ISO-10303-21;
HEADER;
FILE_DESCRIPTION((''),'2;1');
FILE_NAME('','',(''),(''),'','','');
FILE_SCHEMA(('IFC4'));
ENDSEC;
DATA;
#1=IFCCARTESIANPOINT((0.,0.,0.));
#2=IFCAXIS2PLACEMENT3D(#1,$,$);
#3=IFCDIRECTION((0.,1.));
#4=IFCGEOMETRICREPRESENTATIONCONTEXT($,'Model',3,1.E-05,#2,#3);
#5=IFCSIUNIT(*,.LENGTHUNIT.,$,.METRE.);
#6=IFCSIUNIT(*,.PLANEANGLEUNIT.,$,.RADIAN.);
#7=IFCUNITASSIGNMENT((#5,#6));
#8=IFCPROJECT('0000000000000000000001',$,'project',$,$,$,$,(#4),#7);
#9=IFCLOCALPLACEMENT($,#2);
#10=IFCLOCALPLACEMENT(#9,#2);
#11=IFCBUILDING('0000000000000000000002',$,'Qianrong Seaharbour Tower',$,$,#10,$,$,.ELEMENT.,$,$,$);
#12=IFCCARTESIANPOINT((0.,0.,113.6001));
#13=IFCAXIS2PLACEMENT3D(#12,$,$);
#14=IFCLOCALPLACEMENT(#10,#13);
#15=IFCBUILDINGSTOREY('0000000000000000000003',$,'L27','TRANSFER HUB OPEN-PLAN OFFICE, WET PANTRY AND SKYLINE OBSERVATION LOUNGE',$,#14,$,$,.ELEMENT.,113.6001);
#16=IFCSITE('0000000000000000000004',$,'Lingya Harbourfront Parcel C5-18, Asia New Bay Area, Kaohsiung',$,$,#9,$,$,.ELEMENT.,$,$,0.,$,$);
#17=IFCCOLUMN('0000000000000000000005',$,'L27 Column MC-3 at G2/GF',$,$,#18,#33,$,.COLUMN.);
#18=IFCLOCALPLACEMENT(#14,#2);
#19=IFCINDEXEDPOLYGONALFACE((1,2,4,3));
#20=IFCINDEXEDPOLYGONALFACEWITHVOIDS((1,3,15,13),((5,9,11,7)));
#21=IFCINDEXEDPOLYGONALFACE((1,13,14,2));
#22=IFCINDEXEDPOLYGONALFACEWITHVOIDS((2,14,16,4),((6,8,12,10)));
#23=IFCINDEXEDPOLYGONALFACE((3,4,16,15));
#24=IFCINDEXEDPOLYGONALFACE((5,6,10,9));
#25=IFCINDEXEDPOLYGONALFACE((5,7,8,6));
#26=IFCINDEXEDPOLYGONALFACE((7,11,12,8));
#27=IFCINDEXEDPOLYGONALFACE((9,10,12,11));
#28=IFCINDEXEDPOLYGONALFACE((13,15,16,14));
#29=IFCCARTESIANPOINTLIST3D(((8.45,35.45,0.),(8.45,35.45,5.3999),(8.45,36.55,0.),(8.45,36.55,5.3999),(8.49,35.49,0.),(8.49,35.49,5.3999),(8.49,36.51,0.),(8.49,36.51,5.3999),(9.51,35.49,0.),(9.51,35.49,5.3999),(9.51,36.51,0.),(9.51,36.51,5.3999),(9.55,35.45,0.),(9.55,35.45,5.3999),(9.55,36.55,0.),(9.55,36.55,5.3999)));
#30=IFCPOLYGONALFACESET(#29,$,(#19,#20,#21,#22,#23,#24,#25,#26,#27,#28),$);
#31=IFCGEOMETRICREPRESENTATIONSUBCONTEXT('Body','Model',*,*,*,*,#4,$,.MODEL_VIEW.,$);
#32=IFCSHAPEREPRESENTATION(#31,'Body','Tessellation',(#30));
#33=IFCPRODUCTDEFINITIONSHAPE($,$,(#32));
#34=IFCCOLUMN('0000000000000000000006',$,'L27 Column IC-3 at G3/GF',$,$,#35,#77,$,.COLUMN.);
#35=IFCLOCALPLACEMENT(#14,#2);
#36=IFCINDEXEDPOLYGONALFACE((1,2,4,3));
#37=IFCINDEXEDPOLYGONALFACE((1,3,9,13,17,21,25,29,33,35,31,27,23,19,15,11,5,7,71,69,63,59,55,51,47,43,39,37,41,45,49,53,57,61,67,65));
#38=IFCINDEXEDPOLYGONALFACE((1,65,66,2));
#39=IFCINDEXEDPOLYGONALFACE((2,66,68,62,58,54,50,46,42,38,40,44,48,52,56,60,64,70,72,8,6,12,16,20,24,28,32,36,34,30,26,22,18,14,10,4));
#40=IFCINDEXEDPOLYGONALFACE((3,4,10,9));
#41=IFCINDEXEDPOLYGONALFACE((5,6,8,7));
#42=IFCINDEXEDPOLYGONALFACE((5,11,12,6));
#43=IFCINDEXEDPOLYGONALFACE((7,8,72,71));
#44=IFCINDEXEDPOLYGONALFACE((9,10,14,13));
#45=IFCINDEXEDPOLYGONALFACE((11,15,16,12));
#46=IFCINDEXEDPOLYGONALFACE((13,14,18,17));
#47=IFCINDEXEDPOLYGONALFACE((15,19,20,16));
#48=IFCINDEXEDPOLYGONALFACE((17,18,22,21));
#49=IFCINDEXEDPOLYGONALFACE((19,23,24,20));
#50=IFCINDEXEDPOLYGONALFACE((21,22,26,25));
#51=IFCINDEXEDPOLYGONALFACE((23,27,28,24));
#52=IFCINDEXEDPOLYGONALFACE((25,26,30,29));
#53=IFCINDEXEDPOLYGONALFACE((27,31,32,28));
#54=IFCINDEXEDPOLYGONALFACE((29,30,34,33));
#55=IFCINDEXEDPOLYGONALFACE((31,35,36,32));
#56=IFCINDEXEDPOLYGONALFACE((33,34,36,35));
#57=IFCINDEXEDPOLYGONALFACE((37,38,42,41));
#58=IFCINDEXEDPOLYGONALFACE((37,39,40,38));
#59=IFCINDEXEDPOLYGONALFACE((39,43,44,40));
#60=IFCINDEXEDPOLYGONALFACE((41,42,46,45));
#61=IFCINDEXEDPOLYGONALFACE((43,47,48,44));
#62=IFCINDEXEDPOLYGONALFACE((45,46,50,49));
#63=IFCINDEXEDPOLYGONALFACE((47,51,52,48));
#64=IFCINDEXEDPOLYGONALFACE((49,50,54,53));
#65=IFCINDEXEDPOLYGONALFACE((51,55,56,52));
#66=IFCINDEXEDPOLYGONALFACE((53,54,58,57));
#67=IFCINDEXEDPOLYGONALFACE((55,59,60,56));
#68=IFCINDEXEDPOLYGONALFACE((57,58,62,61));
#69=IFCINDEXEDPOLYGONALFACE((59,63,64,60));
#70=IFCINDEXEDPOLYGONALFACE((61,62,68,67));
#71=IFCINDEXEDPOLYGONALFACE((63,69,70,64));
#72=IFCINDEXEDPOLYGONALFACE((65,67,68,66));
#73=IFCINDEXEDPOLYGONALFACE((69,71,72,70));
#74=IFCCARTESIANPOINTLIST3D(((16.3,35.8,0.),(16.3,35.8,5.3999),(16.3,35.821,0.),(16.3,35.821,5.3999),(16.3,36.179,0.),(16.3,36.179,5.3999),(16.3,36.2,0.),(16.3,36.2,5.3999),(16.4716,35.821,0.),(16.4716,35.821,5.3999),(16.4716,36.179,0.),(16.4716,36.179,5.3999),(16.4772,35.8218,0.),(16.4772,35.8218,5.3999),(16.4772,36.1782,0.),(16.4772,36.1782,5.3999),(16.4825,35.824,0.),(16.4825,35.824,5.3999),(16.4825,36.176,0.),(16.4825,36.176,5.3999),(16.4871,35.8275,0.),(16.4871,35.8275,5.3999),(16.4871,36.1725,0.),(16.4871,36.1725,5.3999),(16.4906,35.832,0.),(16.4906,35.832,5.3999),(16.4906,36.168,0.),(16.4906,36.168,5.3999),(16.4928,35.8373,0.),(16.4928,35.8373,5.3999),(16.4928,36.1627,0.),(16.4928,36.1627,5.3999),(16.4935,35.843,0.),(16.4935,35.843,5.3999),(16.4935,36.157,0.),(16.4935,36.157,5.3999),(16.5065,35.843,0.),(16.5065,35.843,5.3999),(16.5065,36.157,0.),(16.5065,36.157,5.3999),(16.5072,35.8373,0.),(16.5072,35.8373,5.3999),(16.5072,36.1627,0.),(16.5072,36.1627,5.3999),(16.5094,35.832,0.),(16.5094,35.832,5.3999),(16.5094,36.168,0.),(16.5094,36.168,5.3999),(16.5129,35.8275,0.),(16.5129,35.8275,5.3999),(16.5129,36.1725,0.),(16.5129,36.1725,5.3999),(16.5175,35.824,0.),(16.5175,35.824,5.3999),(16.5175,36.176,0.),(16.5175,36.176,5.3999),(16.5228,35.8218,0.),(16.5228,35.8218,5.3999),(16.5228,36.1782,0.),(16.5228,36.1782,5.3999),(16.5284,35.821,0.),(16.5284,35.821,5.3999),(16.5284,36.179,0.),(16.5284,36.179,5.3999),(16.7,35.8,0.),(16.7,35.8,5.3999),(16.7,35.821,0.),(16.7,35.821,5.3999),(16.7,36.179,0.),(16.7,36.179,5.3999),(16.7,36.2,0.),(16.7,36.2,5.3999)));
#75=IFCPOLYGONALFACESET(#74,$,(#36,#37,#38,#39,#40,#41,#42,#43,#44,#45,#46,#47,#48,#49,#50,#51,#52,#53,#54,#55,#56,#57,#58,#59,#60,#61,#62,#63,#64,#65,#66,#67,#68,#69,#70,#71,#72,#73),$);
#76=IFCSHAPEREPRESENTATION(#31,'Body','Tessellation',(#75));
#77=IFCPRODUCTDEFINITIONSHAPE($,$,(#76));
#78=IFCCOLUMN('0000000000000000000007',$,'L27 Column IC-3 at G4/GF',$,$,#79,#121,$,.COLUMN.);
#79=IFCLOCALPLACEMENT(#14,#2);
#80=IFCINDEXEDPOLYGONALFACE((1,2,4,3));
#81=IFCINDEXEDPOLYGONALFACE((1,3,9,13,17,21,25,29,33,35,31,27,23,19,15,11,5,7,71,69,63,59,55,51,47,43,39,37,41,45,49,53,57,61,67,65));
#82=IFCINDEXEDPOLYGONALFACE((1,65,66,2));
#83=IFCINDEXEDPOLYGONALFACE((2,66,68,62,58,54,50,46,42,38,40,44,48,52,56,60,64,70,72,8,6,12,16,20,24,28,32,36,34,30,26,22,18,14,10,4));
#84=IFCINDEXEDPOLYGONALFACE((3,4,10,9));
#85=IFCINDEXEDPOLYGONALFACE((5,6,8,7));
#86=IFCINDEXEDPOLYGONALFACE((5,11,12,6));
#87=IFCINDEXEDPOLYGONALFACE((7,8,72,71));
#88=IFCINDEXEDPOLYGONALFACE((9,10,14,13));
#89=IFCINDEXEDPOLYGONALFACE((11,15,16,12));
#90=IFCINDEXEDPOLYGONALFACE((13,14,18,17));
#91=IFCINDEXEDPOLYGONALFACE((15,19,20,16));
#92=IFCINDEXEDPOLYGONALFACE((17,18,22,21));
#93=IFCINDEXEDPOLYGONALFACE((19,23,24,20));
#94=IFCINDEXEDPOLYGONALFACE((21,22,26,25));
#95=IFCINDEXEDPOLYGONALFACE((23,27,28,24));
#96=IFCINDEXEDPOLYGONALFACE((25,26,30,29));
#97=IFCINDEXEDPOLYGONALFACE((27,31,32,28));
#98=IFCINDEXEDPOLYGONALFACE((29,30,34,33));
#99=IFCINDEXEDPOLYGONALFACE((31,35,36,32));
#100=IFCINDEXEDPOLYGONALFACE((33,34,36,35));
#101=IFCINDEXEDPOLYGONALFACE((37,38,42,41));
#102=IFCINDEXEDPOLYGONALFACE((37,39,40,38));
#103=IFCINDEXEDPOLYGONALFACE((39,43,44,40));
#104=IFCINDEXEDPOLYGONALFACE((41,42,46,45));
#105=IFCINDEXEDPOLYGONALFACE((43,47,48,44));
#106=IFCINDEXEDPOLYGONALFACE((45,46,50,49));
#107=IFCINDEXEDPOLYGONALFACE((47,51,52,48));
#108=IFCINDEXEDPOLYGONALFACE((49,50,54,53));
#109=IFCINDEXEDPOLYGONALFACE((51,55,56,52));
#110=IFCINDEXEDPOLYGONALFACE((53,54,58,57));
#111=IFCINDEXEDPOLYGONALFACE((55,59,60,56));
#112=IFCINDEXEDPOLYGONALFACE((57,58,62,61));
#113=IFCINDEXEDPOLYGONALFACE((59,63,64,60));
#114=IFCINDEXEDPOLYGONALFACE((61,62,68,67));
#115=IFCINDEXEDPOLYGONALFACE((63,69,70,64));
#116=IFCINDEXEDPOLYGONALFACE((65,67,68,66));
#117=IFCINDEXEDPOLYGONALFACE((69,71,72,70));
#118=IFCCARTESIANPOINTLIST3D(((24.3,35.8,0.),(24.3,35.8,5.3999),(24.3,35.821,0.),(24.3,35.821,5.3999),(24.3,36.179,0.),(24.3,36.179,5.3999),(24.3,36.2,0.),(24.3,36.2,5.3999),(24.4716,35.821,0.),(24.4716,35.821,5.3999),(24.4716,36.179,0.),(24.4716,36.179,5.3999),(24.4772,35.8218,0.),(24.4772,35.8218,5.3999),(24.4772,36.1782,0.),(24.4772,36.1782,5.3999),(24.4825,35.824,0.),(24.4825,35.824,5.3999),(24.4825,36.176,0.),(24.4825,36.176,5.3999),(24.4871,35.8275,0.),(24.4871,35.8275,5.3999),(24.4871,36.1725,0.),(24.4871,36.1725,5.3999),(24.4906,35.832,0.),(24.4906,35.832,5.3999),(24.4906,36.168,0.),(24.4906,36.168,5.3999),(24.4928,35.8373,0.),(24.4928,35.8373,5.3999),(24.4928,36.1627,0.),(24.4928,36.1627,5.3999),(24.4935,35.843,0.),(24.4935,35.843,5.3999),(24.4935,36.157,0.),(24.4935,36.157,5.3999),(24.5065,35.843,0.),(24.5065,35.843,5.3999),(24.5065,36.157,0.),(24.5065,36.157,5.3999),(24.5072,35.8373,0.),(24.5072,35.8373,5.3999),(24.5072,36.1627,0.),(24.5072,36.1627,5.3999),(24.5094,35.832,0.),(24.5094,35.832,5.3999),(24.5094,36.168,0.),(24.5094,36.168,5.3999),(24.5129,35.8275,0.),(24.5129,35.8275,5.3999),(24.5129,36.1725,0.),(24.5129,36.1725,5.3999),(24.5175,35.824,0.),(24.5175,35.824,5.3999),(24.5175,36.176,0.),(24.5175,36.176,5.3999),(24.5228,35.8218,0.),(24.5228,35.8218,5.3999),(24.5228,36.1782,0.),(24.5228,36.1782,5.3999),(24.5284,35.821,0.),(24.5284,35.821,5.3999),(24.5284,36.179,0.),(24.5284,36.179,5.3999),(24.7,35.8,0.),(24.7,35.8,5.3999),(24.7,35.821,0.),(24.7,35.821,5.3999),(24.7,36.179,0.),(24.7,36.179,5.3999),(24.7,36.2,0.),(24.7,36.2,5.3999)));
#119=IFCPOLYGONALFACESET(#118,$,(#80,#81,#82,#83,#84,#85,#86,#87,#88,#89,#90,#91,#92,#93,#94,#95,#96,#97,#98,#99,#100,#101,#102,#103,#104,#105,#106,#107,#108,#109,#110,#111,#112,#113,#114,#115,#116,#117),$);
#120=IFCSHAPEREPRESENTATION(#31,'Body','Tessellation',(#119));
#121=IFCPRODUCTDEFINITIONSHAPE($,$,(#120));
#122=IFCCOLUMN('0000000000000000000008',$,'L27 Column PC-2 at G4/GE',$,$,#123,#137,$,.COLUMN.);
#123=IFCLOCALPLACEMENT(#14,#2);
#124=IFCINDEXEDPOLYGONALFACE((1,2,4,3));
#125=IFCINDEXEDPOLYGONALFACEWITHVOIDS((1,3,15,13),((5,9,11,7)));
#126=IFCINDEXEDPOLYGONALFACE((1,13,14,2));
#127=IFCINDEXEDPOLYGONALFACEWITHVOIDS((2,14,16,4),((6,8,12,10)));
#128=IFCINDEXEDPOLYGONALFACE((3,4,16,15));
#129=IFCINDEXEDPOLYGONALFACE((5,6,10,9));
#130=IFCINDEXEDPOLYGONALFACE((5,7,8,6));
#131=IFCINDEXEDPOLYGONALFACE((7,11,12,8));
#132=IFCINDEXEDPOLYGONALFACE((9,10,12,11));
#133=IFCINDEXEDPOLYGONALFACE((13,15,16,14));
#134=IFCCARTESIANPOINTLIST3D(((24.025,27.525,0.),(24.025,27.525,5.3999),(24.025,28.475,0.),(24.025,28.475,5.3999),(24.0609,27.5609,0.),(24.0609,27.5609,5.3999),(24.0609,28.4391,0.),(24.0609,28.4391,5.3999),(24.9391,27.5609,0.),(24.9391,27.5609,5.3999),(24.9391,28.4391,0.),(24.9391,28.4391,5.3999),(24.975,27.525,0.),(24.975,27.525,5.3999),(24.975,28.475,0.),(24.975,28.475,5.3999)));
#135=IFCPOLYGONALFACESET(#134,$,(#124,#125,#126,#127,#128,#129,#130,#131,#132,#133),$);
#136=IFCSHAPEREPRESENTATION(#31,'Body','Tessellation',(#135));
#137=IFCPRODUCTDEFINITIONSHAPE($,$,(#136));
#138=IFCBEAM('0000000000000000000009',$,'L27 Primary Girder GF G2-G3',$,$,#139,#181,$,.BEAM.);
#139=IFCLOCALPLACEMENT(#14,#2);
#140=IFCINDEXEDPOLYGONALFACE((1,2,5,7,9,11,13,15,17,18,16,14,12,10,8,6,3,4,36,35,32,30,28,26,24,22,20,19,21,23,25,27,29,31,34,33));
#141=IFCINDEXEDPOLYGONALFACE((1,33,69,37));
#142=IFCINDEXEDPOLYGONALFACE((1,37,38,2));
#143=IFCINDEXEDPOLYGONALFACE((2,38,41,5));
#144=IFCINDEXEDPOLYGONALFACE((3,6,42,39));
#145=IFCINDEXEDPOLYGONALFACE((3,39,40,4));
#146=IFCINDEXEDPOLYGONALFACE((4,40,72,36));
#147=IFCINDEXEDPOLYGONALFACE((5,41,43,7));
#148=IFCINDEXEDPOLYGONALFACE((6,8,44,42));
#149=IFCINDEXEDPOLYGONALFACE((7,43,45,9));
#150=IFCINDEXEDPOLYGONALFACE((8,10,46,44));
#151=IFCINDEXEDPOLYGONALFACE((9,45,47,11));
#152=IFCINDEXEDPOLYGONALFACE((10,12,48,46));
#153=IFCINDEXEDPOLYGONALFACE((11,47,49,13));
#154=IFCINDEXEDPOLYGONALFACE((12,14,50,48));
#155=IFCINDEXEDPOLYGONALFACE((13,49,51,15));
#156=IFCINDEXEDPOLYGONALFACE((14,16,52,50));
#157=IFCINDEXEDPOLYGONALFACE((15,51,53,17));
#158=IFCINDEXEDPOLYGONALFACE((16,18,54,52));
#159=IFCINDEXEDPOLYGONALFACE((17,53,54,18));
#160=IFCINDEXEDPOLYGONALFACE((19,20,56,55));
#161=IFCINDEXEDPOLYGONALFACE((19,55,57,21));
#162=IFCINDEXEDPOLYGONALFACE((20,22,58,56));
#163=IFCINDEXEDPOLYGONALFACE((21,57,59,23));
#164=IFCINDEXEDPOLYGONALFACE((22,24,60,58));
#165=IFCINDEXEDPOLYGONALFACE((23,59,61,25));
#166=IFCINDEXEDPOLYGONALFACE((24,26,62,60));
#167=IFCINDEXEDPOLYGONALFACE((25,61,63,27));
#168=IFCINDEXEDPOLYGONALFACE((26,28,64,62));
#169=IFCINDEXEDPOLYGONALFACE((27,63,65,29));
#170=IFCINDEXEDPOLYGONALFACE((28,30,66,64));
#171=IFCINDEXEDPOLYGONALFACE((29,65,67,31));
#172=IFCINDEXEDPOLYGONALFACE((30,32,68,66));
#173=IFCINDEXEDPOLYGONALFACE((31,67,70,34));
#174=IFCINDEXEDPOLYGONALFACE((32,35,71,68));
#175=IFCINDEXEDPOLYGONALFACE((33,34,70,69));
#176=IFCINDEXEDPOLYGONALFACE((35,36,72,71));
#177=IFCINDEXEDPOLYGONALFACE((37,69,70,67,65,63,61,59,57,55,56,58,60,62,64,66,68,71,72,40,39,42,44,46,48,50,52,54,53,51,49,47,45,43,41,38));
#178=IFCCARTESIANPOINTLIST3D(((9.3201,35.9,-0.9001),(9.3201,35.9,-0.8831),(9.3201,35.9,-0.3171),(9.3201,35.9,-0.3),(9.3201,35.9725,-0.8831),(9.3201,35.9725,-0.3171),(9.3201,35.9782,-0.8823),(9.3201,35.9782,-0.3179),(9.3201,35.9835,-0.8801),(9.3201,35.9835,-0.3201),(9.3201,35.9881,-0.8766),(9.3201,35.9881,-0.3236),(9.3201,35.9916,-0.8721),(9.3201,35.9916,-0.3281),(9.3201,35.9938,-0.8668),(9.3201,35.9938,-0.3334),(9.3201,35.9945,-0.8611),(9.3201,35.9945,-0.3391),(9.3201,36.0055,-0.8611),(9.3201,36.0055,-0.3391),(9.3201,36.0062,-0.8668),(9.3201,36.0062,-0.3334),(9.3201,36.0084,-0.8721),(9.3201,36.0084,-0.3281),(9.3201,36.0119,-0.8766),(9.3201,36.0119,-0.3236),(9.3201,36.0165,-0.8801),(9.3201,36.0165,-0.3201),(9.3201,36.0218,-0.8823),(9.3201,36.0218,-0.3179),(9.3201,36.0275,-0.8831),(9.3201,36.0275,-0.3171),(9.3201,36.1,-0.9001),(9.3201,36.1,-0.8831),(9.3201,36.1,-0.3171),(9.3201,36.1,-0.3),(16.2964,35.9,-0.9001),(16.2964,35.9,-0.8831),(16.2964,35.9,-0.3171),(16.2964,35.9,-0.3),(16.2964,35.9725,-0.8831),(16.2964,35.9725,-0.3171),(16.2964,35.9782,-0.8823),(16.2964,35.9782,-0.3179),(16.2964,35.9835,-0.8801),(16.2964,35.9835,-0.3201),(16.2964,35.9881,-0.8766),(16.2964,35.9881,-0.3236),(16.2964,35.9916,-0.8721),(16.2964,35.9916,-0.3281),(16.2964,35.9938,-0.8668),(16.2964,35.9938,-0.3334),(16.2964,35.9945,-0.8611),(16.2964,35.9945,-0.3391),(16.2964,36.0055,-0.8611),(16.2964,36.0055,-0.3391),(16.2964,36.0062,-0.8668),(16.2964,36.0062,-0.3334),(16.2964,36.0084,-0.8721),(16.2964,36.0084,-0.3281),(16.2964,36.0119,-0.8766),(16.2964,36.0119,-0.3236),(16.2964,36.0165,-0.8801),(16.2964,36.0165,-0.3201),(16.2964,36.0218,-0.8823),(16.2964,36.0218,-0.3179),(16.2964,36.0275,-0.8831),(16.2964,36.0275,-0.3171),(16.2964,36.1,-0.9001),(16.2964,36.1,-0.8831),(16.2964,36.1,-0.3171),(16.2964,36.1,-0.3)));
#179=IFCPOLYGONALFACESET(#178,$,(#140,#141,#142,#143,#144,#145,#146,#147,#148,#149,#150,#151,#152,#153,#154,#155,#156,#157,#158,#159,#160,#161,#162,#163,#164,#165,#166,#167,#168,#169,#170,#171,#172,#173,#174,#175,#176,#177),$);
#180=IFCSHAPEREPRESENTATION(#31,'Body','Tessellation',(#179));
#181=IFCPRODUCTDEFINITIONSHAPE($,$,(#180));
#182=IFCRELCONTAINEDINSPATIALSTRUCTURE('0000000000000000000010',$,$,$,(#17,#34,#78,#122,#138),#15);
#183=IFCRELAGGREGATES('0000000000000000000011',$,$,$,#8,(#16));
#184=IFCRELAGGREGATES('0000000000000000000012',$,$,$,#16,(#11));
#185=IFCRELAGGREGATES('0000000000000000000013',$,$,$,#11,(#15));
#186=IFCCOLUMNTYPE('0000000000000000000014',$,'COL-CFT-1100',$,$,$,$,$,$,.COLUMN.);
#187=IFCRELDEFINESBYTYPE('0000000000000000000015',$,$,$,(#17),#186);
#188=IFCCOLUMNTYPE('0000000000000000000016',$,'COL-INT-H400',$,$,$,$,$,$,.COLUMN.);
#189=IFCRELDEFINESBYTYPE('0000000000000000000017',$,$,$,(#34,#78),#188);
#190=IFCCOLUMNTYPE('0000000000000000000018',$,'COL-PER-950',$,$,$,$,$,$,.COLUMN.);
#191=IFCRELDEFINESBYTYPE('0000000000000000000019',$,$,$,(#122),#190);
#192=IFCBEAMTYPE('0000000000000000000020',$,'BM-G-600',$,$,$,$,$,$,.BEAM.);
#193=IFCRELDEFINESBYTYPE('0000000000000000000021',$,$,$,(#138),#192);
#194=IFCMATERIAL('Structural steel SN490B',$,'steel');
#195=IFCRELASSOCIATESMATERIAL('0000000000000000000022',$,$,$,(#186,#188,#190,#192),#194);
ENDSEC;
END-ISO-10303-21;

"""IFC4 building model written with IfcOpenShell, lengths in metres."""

from ifc_helpers import new_model, si_unit, direction, frame, origin, origin_2d, place, context, subcontext, project, spatial, hollow_rectangle, i_section, extrude, material, material_profile, profile_set, type_object, element, save


model = new_model("IFC4")

# Units and contexts
model_context = context("Model", 3, precision=1e-05, world=origin(), true_north=direction((0.0, 1.0)))
body_context = subcontext(model_context, "Body", "Model", "MODEL_VIEW")
ifc_project = project(units=[si_unit("LENGTHUNIT", "METRE"), si_unit("PLANEANGLEUNIT", "RADIAN")], contexts=[model_context])

# Site, building, storey
site_placement = place(None, origin())
site = spatial("IfcSite", under=ifc_project, at=site_placement, Name="Lingya Harbourfront Parcel C5-18, Asia New Bay Area, Kaohsiung", CompositionType="ELEMENT", RefElevation=0.0)
building_placement = place(site_placement, origin())
building = spatial("IfcBuilding", under=site, at=building_placement, Name="Qianrong Seaharbour Tower", CompositionType="ELEMENT")
storey_placement = place(building_placement, frame((0.0, 0.0, 113.6001)))
storey = spatial("IfcBuildingStorey", under=building, at=storey_placement, Name="L27", Description="TRANSFER HUB OPEN-PLAN OFFICE, WET PANTRY AND SKYLINE OBSERVATION LOUNGE", CompositionType="ELEMENT", Elevation=113.6001)

# Columns
ifc_material_1 = material(Name="Structural steel SN490B", Category="steel")
ifc_material_profile_1 = material_profile(ifc_material_1, hollow_rectangle(XDim=1.1001, YDim=1.1001, WallThickness=0.04, at=origin_2d()), Name="BOX1100x1100x40")
ifc_profile_set_1 = profile_set([ifc_material_profile_1], Name="Structural steel SN490B")
column_type_1 = type_object("IfcColumnType", Name="COL-CFT-1100", PredefinedType="COLUMN", material=ifc_profile_set_1)
column_1_placement = place(storey_placement, frame((9.0, 36.0, 0.0), z_axis=(0.0, 0.0, 1.0), x_axis=(1.0, 0.0, 0.0)))
element("IfcColumn", 1, at=column_1_placement, inside=storey, type_object=column_type_1, Name="L27 Column MC-3 at G2/GF", PredefinedType="COLUMN", context=body_context, shape_type="SweptSolid", body=[
    extrude(hollow_rectangle(XDim=1.1001, YDim=1.1001, WallThickness=0.04, at=origin_2d()), origin(), (0.0, 0.0, 1.0), 5.3999),
])
ifc_material_profile_2 = material_profile(ifc_material_1, i_section(OverallWidth=0.3999, OverallDepth=0.3999, WebThickness=0.0129, FlangeThickness=0.021, FilletRadius=0.022, at=origin_2d()), Name="H400x400x13x21")
ifc_profile_set_2 = profile_set([ifc_material_profile_2], Name="Structural steel SN490B")
column_type_2 = type_object("IfcColumnType", Name="COL-INT-H400", PredefinedType="COLUMN", material=ifc_profile_set_2)
for number, where, z_axis, x_axis, name in (
    (2, (16.5, 36.0, 0.0), (0.0, 0.0, 1.0), (1.0, 0.0, 0.0), "L27 Column IC-3 at G3/GF"),
    (3, (24.5, 36.0, 0.0), (0.0, 0.0, 1.0), (1.0, 0.0, 0.0), "L27 Column IC-3 at G4/GF"),
):
    element("IfcColumn", number, at=place(storey_placement, frame(where, z_axis=z_axis, x_axis=x_axis)), inside=storey, type_object=column_type_2, Name=name, PredefinedType="COLUMN", context=body_context, shape_type="SweptSolid", body=[
        extrude(i_section(OverallWidth=0.3999, OverallDepth=0.3999, WebThickness=0.0129, FlangeThickness=0.021, FilletRadius=0.022, at=origin_2d()), origin(), (0.0, 0.0, 1.0), 5.3999),
    ])
ifc_material_profile_3 = material_profile(ifc_material_1, hollow_rectangle(XDim=0.95, YDim=0.95, WallThickness=0.0359, at=origin_2d()), Name="BOX950x950x36")
ifc_profile_set_3 = profile_set([ifc_material_profile_3], Name="Structural steel SN490B")
column_type_3 = type_object("IfcColumnType", Name="COL-PER-950", PredefinedType="COLUMN", material=ifc_profile_set_3)
column_2_placement = place(storey_placement, frame((24.5, 28.0, 0.0), z_axis=(0.0, 0.0, 1.0), x_axis=(1.0, 0.0, 0.0)))
element("IfcColumn", 4, at=column_2_placement, inside=storey, type_object=column_type_3, Name="L27 Column PC-2 at G4/GE", PredefinedType="COLUMN", context=body_context, shape_type="SweptSolid", body=[
    extrude(hollow_rectangle(XDim=0.95, YDim=0.95, WallThickness=0.0359, at=origin_2d()), origin(), (0.0, 0.0, 1.0), 5.3999),
])

# Beam
ifc_material_profile_4 = material_profile(ifc_material_1, i_section(OverallWidth=0.2, OverallDepth=0.6001, WebThickness=0.011, FlangeThickness=0.0171, FilletRadius=0.022, at=origin_2d()), Name="H600x200x11x17")
ifc_profile_set_4 = profile_set([ifc_material_profile_4], Name="Structural steel SN490B")
beam_type_1 = type_object("IfcBeamType", Name="BM-G-600", PredefinedType="BEAM", material=ifc_profile_set_4)
beam_1_placement = place(storey_placement, frame((9.3201, 36.0, -0.6001), z_axis=(1.0, 0.0, 0.0), x_axis=(0.0, 1.0, 0.0)))
element("IfcBeam", 5, at=beam_1_placement, inside=storey, type_object=beam_type_1, Name="L27 Primary Girder GF G2-G3", PredefinedType="BEAM", context=body_context, shape_type="SweptSolid", body=[
    extrude(i_section(OverallWidth=0.2, OverallDepth=0.6001, WebThickness=0.011, FlangeThickness=0.0171, FilletRadius=0.022, at=origin_2d()), origin(), (0.0, 0.0, 1.0), 6.9763),
])

save(model, "model.ifc")
